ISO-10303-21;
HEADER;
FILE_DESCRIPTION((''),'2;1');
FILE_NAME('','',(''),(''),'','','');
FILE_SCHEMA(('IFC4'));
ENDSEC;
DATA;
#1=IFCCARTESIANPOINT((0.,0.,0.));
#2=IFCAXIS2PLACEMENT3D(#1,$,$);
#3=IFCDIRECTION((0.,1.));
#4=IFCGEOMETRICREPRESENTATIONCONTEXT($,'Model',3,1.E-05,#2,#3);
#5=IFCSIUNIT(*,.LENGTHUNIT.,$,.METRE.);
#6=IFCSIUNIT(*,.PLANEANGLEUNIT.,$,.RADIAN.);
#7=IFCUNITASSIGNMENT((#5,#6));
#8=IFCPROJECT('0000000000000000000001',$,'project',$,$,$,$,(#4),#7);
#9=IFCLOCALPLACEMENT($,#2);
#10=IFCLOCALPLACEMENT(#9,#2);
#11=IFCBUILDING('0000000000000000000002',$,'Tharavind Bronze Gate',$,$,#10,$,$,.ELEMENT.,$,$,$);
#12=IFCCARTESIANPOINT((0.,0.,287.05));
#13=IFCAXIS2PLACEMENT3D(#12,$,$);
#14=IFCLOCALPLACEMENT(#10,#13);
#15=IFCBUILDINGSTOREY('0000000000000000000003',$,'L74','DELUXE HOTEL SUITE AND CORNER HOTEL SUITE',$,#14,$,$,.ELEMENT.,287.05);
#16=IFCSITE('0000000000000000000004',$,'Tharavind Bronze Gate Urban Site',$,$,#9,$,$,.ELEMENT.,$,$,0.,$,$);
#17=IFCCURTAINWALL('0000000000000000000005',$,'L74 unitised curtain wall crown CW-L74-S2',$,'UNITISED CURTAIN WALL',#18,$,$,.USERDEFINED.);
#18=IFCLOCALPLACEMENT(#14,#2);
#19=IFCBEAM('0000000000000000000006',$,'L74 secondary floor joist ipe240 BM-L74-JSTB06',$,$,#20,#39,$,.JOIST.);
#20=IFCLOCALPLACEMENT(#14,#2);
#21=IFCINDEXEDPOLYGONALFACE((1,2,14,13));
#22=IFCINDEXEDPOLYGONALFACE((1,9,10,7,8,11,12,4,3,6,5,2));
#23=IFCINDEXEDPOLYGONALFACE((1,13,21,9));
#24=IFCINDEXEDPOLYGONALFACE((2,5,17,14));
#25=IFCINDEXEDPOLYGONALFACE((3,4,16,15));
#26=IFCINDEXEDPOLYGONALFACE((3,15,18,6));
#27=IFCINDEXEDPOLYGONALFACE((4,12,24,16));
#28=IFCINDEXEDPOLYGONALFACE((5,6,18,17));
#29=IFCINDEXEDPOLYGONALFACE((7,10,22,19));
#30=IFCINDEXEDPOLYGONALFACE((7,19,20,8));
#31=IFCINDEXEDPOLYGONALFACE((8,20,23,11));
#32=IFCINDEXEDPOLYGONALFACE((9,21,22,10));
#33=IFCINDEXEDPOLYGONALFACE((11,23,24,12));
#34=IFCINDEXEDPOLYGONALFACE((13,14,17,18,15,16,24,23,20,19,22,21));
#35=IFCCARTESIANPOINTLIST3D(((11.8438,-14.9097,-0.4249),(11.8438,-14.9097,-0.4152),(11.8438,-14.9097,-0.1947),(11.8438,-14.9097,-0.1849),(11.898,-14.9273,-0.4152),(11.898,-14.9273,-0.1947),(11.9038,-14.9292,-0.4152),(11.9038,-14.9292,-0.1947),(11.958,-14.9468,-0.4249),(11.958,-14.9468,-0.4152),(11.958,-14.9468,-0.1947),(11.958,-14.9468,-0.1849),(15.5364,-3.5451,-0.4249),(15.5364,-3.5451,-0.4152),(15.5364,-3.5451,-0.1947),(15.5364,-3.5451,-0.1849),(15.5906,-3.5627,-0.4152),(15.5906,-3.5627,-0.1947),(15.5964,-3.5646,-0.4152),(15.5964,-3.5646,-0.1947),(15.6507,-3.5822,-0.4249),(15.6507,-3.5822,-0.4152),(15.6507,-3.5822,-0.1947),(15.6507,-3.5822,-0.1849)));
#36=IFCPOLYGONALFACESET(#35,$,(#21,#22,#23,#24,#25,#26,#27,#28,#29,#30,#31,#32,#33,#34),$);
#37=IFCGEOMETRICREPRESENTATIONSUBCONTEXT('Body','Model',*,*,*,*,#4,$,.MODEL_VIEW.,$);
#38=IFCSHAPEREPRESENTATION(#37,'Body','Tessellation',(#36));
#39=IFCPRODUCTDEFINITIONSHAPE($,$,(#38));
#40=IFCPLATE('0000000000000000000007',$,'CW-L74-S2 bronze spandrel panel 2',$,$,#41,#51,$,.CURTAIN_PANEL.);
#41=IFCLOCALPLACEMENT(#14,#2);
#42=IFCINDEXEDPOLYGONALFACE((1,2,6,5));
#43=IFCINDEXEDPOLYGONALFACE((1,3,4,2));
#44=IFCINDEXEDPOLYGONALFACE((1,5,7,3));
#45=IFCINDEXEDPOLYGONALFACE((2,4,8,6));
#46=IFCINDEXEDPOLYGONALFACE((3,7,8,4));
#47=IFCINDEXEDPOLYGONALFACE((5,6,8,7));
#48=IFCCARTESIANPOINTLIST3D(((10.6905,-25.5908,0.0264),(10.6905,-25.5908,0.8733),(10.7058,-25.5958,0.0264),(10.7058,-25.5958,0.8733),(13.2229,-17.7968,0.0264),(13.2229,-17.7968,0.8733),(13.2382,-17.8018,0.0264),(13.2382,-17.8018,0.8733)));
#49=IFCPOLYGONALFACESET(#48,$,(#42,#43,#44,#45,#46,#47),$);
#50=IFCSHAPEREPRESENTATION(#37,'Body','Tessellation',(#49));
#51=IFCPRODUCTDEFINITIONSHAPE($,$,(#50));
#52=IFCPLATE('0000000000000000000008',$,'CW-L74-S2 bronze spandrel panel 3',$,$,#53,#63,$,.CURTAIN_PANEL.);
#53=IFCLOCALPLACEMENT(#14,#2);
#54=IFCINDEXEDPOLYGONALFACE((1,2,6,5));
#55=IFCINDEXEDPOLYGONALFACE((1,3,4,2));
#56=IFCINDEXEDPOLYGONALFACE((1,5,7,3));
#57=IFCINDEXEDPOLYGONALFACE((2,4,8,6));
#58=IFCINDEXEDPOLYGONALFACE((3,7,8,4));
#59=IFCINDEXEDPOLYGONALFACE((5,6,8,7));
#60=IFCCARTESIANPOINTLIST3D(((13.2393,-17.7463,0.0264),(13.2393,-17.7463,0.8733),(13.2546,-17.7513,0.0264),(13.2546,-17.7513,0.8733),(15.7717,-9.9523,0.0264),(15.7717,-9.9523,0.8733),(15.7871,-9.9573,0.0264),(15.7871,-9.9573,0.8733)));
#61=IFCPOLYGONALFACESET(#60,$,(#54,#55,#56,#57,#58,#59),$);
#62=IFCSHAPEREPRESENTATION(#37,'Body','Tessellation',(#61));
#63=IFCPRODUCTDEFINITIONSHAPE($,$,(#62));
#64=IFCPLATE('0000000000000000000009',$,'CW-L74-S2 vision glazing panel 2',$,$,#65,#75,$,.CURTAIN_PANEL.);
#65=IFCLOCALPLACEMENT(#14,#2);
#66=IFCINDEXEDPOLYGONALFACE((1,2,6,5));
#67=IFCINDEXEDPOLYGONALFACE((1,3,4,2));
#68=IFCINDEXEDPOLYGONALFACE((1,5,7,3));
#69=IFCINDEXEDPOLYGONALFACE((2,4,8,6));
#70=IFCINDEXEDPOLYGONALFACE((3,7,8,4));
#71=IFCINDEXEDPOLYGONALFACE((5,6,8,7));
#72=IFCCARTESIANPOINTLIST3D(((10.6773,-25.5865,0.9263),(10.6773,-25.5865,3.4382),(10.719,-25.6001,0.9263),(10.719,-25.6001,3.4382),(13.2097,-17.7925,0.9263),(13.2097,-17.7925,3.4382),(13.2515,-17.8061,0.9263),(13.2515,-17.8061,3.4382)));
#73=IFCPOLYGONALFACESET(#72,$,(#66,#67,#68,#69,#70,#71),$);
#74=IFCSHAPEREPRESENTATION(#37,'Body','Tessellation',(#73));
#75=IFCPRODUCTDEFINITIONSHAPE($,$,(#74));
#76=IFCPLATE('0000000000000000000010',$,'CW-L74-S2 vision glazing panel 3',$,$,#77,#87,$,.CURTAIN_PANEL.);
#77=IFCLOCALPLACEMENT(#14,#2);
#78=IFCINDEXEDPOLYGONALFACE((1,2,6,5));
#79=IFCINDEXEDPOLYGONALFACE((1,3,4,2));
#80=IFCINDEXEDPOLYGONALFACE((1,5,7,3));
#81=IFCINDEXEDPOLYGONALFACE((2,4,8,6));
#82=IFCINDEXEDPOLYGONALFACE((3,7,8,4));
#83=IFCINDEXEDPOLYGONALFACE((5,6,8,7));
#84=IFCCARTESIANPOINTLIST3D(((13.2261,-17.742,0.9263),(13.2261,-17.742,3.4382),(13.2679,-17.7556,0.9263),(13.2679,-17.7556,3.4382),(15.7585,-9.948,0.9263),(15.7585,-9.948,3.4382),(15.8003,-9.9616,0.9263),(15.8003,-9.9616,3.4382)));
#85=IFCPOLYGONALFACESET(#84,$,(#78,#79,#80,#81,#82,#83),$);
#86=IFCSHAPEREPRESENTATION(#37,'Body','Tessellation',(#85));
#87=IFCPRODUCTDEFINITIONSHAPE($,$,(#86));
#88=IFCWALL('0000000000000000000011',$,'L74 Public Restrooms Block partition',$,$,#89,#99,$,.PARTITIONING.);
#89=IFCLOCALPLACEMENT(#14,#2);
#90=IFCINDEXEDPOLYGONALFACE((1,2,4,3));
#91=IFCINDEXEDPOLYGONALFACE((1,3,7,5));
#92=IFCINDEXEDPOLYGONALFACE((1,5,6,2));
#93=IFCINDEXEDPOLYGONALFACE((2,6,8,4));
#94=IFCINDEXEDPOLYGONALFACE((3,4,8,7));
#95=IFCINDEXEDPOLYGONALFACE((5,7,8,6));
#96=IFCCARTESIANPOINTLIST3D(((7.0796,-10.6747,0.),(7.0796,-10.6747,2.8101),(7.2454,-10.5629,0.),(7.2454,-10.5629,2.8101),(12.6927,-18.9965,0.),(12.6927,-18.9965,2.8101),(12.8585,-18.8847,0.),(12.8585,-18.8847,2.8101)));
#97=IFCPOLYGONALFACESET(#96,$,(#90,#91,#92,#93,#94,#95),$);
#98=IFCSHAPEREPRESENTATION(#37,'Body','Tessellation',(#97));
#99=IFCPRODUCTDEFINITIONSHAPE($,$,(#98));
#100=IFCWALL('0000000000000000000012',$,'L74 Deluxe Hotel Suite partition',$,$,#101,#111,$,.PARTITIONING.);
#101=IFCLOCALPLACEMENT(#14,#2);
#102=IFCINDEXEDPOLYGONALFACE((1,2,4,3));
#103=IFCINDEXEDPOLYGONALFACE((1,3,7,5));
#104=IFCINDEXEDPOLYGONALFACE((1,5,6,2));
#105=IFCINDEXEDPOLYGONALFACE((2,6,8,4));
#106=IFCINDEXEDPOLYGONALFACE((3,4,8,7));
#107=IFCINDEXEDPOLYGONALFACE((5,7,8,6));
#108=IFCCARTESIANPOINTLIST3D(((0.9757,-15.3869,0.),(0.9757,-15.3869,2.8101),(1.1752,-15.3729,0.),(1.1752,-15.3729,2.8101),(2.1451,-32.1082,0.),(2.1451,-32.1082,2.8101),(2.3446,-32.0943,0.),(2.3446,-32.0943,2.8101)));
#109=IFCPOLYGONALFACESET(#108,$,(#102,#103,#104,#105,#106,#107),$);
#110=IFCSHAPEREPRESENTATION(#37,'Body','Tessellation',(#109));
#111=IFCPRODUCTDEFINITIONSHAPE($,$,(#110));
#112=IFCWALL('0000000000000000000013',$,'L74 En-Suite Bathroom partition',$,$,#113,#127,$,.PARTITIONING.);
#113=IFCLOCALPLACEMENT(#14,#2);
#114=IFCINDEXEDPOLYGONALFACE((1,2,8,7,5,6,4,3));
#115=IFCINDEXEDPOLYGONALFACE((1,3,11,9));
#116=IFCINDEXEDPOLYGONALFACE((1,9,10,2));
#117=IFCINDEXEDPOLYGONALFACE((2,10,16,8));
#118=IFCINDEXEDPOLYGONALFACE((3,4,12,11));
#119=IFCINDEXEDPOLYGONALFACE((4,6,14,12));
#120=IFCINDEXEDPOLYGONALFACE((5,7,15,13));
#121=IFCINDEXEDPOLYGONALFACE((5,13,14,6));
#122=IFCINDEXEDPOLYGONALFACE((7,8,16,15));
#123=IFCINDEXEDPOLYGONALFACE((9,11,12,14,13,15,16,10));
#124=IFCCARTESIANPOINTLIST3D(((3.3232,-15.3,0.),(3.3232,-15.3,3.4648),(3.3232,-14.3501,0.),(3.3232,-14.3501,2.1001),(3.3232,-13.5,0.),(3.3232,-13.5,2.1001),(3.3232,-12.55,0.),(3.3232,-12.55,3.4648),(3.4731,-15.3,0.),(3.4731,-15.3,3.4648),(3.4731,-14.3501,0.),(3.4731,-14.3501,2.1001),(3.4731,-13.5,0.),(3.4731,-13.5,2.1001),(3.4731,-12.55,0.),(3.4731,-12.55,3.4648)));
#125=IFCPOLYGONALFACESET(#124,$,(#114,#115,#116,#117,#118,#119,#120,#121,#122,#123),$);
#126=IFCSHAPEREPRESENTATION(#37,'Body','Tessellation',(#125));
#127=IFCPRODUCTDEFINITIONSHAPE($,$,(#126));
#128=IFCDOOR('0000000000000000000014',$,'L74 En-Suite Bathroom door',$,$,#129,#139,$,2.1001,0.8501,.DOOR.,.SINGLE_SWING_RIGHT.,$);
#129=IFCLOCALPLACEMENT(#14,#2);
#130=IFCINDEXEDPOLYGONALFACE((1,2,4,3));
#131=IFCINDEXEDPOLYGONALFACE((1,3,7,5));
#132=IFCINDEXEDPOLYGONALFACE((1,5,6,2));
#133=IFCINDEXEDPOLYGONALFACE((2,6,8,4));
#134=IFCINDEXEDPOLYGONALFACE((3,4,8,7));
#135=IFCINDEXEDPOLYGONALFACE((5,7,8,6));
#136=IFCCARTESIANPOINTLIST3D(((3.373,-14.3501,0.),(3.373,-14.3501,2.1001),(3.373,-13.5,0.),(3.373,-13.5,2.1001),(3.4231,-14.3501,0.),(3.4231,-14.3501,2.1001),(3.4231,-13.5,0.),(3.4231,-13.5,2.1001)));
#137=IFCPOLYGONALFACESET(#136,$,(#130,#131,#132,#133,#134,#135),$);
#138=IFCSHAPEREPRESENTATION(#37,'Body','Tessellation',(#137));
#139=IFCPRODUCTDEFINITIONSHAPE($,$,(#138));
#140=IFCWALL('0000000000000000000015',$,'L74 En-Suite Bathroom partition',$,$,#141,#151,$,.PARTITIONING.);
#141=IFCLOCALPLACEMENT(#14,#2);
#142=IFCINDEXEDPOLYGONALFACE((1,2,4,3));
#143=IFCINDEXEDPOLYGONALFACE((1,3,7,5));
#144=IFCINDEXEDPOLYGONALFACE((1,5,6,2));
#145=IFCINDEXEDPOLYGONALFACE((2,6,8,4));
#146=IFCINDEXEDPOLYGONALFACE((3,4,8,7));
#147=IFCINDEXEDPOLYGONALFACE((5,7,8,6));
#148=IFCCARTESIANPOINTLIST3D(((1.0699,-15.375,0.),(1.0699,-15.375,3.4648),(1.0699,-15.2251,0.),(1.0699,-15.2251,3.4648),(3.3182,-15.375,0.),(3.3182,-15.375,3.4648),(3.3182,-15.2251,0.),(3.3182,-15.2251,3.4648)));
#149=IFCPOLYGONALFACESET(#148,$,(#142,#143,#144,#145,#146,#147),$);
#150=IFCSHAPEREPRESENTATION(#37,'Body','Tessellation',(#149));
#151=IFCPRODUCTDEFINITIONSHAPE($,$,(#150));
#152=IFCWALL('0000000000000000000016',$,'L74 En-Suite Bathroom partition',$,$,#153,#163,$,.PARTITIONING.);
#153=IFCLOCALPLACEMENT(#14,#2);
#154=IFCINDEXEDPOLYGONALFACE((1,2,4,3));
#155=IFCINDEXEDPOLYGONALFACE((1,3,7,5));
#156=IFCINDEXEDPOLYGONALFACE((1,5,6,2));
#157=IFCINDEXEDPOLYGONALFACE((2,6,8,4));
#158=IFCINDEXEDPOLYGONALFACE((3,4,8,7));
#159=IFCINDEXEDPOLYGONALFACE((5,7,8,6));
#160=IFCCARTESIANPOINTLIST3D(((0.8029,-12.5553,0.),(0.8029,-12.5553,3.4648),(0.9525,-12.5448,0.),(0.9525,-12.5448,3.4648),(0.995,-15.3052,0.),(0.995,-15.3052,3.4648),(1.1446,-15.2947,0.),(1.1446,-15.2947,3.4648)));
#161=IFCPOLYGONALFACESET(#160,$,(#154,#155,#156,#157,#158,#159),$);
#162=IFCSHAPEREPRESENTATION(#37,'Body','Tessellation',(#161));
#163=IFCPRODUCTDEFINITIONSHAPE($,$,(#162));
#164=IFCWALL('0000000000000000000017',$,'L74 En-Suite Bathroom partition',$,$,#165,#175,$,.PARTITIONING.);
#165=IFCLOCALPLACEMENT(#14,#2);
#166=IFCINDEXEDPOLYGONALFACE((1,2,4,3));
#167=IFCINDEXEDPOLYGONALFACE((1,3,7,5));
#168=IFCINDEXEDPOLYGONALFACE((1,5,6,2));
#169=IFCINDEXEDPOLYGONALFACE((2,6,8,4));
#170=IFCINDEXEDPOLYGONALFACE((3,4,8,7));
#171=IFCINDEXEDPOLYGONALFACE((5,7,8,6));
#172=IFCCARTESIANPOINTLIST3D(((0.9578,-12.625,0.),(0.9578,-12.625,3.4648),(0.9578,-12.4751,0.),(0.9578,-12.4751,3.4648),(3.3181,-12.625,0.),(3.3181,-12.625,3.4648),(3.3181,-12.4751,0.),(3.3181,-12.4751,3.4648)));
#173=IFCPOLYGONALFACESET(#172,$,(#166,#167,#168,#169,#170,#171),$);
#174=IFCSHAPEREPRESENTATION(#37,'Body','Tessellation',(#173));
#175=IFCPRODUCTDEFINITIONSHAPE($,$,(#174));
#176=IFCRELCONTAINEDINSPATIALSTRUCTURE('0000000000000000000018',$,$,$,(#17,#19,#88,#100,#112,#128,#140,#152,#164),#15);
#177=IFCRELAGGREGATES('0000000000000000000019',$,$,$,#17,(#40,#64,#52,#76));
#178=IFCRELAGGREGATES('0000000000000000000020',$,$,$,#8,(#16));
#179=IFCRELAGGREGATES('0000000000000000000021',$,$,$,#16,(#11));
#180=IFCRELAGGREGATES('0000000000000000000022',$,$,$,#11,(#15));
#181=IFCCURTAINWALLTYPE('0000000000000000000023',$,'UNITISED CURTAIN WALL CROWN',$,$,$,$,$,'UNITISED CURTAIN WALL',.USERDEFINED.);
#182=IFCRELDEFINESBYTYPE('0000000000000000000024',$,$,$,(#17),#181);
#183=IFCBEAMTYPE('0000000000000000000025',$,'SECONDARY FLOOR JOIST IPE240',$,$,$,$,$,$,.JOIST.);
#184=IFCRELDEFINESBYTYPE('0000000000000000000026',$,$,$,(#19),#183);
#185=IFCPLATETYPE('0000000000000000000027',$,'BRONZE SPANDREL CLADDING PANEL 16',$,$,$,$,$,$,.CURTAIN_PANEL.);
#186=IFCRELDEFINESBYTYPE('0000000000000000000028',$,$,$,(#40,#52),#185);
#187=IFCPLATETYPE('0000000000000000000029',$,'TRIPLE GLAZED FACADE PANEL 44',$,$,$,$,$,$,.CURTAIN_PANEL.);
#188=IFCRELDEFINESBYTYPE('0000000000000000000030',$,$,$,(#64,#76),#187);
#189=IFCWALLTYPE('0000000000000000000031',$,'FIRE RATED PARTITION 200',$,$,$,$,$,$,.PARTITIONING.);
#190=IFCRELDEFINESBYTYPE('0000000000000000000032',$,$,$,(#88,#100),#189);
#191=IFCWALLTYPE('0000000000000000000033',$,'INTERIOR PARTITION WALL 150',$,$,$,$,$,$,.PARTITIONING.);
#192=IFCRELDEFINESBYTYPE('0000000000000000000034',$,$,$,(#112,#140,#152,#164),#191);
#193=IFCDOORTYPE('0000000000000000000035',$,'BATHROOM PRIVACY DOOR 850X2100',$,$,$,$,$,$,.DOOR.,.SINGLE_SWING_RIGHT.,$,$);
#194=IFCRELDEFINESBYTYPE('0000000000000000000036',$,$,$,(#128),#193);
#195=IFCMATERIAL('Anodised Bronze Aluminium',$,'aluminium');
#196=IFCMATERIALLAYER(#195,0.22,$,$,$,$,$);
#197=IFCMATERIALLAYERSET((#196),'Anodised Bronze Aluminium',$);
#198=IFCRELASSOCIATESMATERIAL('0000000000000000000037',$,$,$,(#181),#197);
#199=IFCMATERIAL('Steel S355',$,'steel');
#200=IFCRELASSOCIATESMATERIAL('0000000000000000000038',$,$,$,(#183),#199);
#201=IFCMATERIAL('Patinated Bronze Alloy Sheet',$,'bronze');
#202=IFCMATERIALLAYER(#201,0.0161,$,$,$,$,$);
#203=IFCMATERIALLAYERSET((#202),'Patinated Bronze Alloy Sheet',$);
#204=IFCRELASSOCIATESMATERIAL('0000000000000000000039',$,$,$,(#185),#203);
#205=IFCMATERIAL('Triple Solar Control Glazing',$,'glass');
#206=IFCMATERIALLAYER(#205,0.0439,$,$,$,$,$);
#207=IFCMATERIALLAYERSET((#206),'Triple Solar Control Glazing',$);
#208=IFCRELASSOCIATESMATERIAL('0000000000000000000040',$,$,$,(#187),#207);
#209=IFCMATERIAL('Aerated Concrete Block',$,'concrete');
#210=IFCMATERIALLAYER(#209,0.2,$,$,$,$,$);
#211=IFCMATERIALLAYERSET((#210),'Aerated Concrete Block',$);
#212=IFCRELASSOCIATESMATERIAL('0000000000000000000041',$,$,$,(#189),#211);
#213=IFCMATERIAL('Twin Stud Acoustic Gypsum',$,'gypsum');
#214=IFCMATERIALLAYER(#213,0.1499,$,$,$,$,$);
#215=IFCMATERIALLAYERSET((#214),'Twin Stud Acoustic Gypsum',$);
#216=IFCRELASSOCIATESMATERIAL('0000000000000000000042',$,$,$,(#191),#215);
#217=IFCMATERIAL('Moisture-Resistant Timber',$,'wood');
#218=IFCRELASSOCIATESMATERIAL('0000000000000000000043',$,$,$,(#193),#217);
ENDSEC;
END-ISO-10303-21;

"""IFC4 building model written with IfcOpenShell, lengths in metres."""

from ifc_helpers import new_model, si_unit, direction, frame, frame_2d, origin, origin_2d, place, context, subcontext, project, spatial, rectangle, i_section, extrude, material, layer, layer_set, material_profile, profile_set, type_object, element, fill, aggregate, save


model = new_model("IFC4")

# Units and contexts
model_context = context("Model", 3, precision=1e-05, world=origin(), true_north=direction((0.0, 1.0)))
body_context = subcontext(model_context, "Body", "Model", "MODEL_VIEW")
ifc_project = project(units=[si_unit("LENGTHUNIT", "METRE"), si_unit("PLANEANGLEUNIT", "RADIAN")], contexts=[model_context])

# Site, building, storey
site_placement = place(None, origin())
site = spatial("IfcSite", under=ifc_project, at=site_placement, Name="Tharavind Bronze Gate Urban Site", CompositionType="ELEMENT", RefElevation=0.0)
building_placement = place(site_placement, origin())
building = spatial("IfcBuilding", under=site, at=building_placement, Name="Tharavind Bronze Gate", CompositionType="ELEMENT")
storey_placement = place(building_placement, frame((0.0, 0.0, 287.05)))
storey = spatial("IfcBuildingStorey", under=building, at=storey_placement, Name="L74", Description="DELUXE HOTEL SUITE AND CORNER HOTEL SUITE", CompositionType="ELEMENT", Elevation=287.05)

# Curtain wall
ifc_material_1 = material(Name="Anodised Bronze Aluminium", Category="aluminium")
ifc_layer_1 = layer(ifc_material_1, 0.22)
ifc_layer_set_1 = layer_set([ifc_layer_1], Name="Anodised Bronze Aluminium")
curtain_wall_type = type_object("IfcCurtainWallType", Name="UNITISED CURTAIN WALL CROWN", ElementType="UNITISED CURTAIN WALL", PredefinedType="USERDEFINED", material=ifc_layer_set_1)
curtain_wall_placement = place(storey_placement, origin())
curtain_wall = element("IfcCurtainWall", 1, at=curtain_wall_placement, inside=storey, type_object=curtain_wall_type, Name="L74 unitised curtain wall crown CW-L74-S2", ObjectType="UNITISED CURTAIN WALL", PredefinedType="USERDEFINED")

# Beam
ifc_material_2 = material(Name="Steel S355", Category="steel")
ifc_material_profile_1 = material_profile(ifc_material_2, i_section(OverallWidth=0.1201, OverallDepth=0.24, WebThickness=0.0061, FlangeThickness=0.0098, at=origin_2d()), Name="IPE240")
ifc_profile_set_1 = profile_set([ifc_material_profile_1], Name="Steel S355")
beam_type_1 = type_object("IfcBeamType", Name="SECONDARY FLOOR JOIST IPE240", PredefinedType="JOIST", material=ifc_profile_set_1)
beam_1_placement = place(storey_placement, frame((11.9009, -14.9282, -0.3049), z_axis=(0.309023, 0.951055, 0.0), x_axis=(-0.951055, 0.309023, 0.0)))
element("IfcBeam", 2, at=beam_1_placement, inside=storey, type_object=beam_type_1, Name="L74 secondary floor joist ipe240 BM-L74-JSTB06", PredefinedType="JOIST", context=body_context, shape_type="SweptSolid", body=[
    extrude(i_section(OverallWidth=0.1201, OverallDepth=0.24, WebThickness=0.0061, FlangeThickness=0.0098, at=origin_2d()), origin(), (0.0, 0.0, 1.0), 11.9495),
])

# Plates
ifc_material_3 = material(Name="Patinated Bronze Alloy Sheet", Category="bronze")
ifc_layer_2 = layer(ifc_material_3, 0.0161)
ifc_layer_set_2 = layer_set([ifc_layer_2], Name="Patinated Bronze Alloy Sheet")
plate_type_1 = type_object("IfcPlateType", Name="BRONZE SPANDREL CLADDING PANEL 16", PredefinedType="CURTAIN_PANEL", material=ifc_layer_set_2)
plate_1_placement = place(storey_placement, frame((11.9644, -21.6963, 0.0264), z_axis=(0.0, 0.0, 1.0), x_axis=(0.309017, 0.951057, 0.0)))
plate_1 = element("IfcPlate", 3, at=plate_1_placement, type_object=plate_type_1, Name="CW-L74-S2 bronze spandrel panel 2", PredefinedType="CURTAIN_PANEL", context=body_context, shape_type="SweptSolid", body=[
    extrude(rectangle(XDim=8.1951, YDim=0.0161, at=origin_2d()), origin(), (0.0, 0.0, 1.0), 0.8469),
])
plate_2_placement = place(storey_placement, frame((14.5132, -13.8518, 0.0264), z_axis=(0.0, 0.0, 1.0), x_axis=(0.309017, 0.951057, 0.0)))
plate_2 = element("IfcPlate", 4, at=plate_2_placement, type_object=plate_type_1, Name="CW-L74-S2 bronze spandrel panel 3", PredefinedType="CURTAIN_PANEL", context=body_context, shape_type="SweptSolid", body=[
    extrude(rectangle(XDim=8.1951, YDim=0.0161, at=origin_2d()), origin(), (0.0, 0.0, 1.0), 0.8469),
])
ifc_material_4 = material(Name="Triple Solar Control Glazing", Category="glass")
ifc_layer_3 = layer(ifc_material_4, 0.0439)
ifc_layer_set_3 = layer_set([ifc_layer_3], Name="Triple Solar Control Glazing")
plate_type_2 = type_object("IfcPlateType", Name="TRIPLE GLAZED FACADE PANEL 44", PredefinedType="CURTAIN_PANEL", material=ifc_layer_set_3)
plate_3_placement = place(storey_placement, frame((11.9644, -21.6963, 0.9263), z_axis=(0.0, 0.0, 1.0), x_axis=(0.309017, 0.951057, 0.0)))
plate_3 = element("IfcPlate", 5, at=plate_3_placement, type_object=plate_type_2, Name="CW-L74-S2 vision glazing panel 2", PredefinedType="CURTAIN_PANEL", context=body_context, shape_type="SweptSolid", body=[
    extrude(rectangle(XDim=8.1951, YDim=0.0439, at=origin_2d()), origin(), (0.0, 0.0, 1.0), 2.512),
])
plate_4_placement = place(storey_placement, frame((14.5132, -13.8518, 0.9263), z_axis=(0.0, 0.0, 1.0), x_axis=(0.309017, 0.951057, 0.0)))
plate_4 = element("IfcPlate", 6, at=plate_4_placement, type_object=plate_type_2, Name="CW-L74-S2 vision glazing panel 3", PredefinedType="CURTAIN_PANEL", context=body_context, shape_type="SweptSolid", body=[
    extrude(rectangle(XDim=8.1951, YDim=0.0439, at=origin_2d()), origin(), (0.0, 0.0, 1.0), 2.512),
])
aggregate(curtain_wall, [plate_1, plate_3, plate_2, plate_4])

# Walls
ifc_material_5 = material(Name="Aerated Concrete Block", Category="concrete")
ifc_layer_4 = layer(ifc_material_5, 0.2)
ifc_layer_set_4 = layer_set([ifc_layer_4], Name="Aerated Concrete Block")
wall_type_1 = type_object("IfcWallType", Name="FIRE RATED PARTITION 200", PredefinedType="PARTITIONING", material=ifc_layer_set_4)
wall_1_placement = place(storey_placement, frame((12.7756, -18.9407, 0.0), z_axis=(0.0, 0.0, 1.0), x_axis=(-0.559188, 0.829041, 0.0)))
element("IfcWall", 7, at=wall_1_placement, inside=storey, type_object=wall_type_1, Name="L74 Public Restrooms Block partition", PredefinedType="PARTITIONING", context=body_context, shape_type="SweptSolid", body=[
    extrude(rectangle(XDim=10.0378, YDim=0.2, at=frame_2d((5.019, 0.0))), origin(), (0.0, 0.0, 1.0), 2.8101),
])
wall_2_placement = place(storey_placement, frame((1.0754, -15.3799, 0.0), z_axis=(0.0, 0.0, 1.0), x_axis=(0.069766, -0.997563, 0.0)))
element("IfcWall", 8, at=wall_2_placement, inside=storey, type_object=wall_type_1, Name="L74 Deluxe Hotel Suite partition", PredefinedType="PARTITIONING", context=body_context, shape_type="SweptSolid", body=[
    extrude(rectangle(XDim=16.7622, YDim=0.2, at=frame_2d((8.3811, 0.0))), origin(), (0.0, 0.0, 1.0), 2.8101),
])

# Wall, opening, door
ifc_material_6 = material(Name="Twin Stud Acoustic Gypsum", Category="gypsum")
ifc_layer_5 = layer(ifc_material_6, 0.1499)
ifc_layer_set_5 = layer_set([ifc_layer_5], Name="Twin Stud Acoustic Gypsum")
wall_type_2 = type_object("IfcWallType", Name="INTERIOR PARTITION WALL 150", PredefinedType="PARTITIONING", material=ifc_layer_set_5)
wall_3_placement = place(storey_placement, frame((3.3982, -12.55, 0.0), z_axis=(0.0, 0.0, 1.0), x_axis=(0.0, -1.0, 0.0)))
wall_3 = element("IfcWall", 9, at=wall_3_placement, inside=storey, type_object=wall_type_2, Name="L74 En-Suite Bathroom partition", PredefinedType="PARTITIONING", context=body_context, shape_type="SweptSolid", body=[
    extrude(rectangle(XDim=2.75, YDim=0.1499, at=frame_2d((1.375, 0.0))), origin(), (0.0, 0.0, 1.0), 3.4648),
])
opening_placement = place(wall_3_placement, frame((0.95, 0.0, 0.0)))
opening = element("IfcOpeningElement", 10, at=opening_placement, cuts=wall_3, PredefinedType="OPENING", context=body_context, shape_type="SweptSolid", body=[
    extrude(rectangle(XDim=0.8501, YDim=2.1001, at=frame_2d((0.425, 1.05))), frame((0.0, 0.085, 0.0), z_axis=(0.0, -1.0, 0.0), x_axis=(1.0, 0.0, 0.0)), (0.0, 0.0, 1.0), 0.1699),
])
ifc_material_7 = material(Name="Moisture-Resistant Timber", Category="wood")
door_type = type_object("IfcDoorType", Name="BATHROOM PRIVACY DOOR 850X2100", OperationType="SINGLE_SWING_RIGHT", PredefinedType="DOOR", material=ifc_material_7)
door_placement = place(opening_placement, origin())
door = element("IfcDoor", 11, at=door_placement, inside=storey, type_object=door_type, Name="L74 En-Suite Bathroom door", OperationType="SINGLE_SWING_RIGHT", OverallHeight=2.1001, OverallWidth=0.8501, PredefinedType="DOOR", context=body_context, shape_type="SweptSolid", body=[
    extrude(rectangle(XDim=0.8501, YDim=2.1001, at=frame_2d((0.425, 1.05))), frame((0.0, 0.0249, 0.0), z_axis=(0.0, -1.0, 0.0), x_axis=(1.0, 0.0, 0.0)), (0.0, 0.0, 1.0), 0.05),
])
fill(opening, door)

# Walls
wall_4_placement = place(storey_placement, frame((3.3181, -15.3, 0.0), z_axis=(0.0, 0.0, 1.0), x_axis=(-1.0, 0.0, 0.0)))
element("IfcWall", 12, at=wall_4_placement, inside=storey, type_object=wall_type_2, Name="L74 En-Suite Bathroom partition", PredefinedType="PARTITIONING", context=body_context, shape_type="SweptSolid", body=[
    extrude(rectangle(XDim=2.2483, YDim=0.1499, at=frame_2d((1.124, 0.0))), origin(), (0.0, 0.0, 1.0), 3.4648),
])
wall_5_placement = place(storey_placement, frame((1.0698, -15.3, 0.0), z_axis=(0.0, 0.0, 1.0), x_axis=(-0.069699, 0.997568, 0.0)))
element("IfcWall", 13, at=wall_5_placement, inside=storey, type_object=wall_type_2, Name="L74 En-Suite Bathroom partition", PredefinedType="PARTITIONING", context=body_context, shape_type="SweptSolid", body=[
    extrude(rectangle(XDim=2.7566, YDim=0.1499, at=frame_2d((1.3784, 0.0))), origin(), (0.0, 0.0, 1.0), 3.4648),
])
wall_6_placement = place(storey_placement, frame((0.9578, -12.55, 0.0), z_axis=(0.0, 0.0, 1.0), x_axis=(1.0, 0.0, 0.0)))
element("IfcWall", 14, at=wall_6_placement, inside=storey, type_object=wall_type_2, Name="L74 En-Suite Bathroom partition", PredefinedType="PARTITIONING", context=body_context, shape_type="SweptSolid", body=[
    extrude(rectangle(XDim=2.3604, YDim=0.1499, at=frame_2d((1.1802, 0.0))), origin(), (0.0, 0.0, 1.0), 3.4648),
])

save(model, "model.ifc")
